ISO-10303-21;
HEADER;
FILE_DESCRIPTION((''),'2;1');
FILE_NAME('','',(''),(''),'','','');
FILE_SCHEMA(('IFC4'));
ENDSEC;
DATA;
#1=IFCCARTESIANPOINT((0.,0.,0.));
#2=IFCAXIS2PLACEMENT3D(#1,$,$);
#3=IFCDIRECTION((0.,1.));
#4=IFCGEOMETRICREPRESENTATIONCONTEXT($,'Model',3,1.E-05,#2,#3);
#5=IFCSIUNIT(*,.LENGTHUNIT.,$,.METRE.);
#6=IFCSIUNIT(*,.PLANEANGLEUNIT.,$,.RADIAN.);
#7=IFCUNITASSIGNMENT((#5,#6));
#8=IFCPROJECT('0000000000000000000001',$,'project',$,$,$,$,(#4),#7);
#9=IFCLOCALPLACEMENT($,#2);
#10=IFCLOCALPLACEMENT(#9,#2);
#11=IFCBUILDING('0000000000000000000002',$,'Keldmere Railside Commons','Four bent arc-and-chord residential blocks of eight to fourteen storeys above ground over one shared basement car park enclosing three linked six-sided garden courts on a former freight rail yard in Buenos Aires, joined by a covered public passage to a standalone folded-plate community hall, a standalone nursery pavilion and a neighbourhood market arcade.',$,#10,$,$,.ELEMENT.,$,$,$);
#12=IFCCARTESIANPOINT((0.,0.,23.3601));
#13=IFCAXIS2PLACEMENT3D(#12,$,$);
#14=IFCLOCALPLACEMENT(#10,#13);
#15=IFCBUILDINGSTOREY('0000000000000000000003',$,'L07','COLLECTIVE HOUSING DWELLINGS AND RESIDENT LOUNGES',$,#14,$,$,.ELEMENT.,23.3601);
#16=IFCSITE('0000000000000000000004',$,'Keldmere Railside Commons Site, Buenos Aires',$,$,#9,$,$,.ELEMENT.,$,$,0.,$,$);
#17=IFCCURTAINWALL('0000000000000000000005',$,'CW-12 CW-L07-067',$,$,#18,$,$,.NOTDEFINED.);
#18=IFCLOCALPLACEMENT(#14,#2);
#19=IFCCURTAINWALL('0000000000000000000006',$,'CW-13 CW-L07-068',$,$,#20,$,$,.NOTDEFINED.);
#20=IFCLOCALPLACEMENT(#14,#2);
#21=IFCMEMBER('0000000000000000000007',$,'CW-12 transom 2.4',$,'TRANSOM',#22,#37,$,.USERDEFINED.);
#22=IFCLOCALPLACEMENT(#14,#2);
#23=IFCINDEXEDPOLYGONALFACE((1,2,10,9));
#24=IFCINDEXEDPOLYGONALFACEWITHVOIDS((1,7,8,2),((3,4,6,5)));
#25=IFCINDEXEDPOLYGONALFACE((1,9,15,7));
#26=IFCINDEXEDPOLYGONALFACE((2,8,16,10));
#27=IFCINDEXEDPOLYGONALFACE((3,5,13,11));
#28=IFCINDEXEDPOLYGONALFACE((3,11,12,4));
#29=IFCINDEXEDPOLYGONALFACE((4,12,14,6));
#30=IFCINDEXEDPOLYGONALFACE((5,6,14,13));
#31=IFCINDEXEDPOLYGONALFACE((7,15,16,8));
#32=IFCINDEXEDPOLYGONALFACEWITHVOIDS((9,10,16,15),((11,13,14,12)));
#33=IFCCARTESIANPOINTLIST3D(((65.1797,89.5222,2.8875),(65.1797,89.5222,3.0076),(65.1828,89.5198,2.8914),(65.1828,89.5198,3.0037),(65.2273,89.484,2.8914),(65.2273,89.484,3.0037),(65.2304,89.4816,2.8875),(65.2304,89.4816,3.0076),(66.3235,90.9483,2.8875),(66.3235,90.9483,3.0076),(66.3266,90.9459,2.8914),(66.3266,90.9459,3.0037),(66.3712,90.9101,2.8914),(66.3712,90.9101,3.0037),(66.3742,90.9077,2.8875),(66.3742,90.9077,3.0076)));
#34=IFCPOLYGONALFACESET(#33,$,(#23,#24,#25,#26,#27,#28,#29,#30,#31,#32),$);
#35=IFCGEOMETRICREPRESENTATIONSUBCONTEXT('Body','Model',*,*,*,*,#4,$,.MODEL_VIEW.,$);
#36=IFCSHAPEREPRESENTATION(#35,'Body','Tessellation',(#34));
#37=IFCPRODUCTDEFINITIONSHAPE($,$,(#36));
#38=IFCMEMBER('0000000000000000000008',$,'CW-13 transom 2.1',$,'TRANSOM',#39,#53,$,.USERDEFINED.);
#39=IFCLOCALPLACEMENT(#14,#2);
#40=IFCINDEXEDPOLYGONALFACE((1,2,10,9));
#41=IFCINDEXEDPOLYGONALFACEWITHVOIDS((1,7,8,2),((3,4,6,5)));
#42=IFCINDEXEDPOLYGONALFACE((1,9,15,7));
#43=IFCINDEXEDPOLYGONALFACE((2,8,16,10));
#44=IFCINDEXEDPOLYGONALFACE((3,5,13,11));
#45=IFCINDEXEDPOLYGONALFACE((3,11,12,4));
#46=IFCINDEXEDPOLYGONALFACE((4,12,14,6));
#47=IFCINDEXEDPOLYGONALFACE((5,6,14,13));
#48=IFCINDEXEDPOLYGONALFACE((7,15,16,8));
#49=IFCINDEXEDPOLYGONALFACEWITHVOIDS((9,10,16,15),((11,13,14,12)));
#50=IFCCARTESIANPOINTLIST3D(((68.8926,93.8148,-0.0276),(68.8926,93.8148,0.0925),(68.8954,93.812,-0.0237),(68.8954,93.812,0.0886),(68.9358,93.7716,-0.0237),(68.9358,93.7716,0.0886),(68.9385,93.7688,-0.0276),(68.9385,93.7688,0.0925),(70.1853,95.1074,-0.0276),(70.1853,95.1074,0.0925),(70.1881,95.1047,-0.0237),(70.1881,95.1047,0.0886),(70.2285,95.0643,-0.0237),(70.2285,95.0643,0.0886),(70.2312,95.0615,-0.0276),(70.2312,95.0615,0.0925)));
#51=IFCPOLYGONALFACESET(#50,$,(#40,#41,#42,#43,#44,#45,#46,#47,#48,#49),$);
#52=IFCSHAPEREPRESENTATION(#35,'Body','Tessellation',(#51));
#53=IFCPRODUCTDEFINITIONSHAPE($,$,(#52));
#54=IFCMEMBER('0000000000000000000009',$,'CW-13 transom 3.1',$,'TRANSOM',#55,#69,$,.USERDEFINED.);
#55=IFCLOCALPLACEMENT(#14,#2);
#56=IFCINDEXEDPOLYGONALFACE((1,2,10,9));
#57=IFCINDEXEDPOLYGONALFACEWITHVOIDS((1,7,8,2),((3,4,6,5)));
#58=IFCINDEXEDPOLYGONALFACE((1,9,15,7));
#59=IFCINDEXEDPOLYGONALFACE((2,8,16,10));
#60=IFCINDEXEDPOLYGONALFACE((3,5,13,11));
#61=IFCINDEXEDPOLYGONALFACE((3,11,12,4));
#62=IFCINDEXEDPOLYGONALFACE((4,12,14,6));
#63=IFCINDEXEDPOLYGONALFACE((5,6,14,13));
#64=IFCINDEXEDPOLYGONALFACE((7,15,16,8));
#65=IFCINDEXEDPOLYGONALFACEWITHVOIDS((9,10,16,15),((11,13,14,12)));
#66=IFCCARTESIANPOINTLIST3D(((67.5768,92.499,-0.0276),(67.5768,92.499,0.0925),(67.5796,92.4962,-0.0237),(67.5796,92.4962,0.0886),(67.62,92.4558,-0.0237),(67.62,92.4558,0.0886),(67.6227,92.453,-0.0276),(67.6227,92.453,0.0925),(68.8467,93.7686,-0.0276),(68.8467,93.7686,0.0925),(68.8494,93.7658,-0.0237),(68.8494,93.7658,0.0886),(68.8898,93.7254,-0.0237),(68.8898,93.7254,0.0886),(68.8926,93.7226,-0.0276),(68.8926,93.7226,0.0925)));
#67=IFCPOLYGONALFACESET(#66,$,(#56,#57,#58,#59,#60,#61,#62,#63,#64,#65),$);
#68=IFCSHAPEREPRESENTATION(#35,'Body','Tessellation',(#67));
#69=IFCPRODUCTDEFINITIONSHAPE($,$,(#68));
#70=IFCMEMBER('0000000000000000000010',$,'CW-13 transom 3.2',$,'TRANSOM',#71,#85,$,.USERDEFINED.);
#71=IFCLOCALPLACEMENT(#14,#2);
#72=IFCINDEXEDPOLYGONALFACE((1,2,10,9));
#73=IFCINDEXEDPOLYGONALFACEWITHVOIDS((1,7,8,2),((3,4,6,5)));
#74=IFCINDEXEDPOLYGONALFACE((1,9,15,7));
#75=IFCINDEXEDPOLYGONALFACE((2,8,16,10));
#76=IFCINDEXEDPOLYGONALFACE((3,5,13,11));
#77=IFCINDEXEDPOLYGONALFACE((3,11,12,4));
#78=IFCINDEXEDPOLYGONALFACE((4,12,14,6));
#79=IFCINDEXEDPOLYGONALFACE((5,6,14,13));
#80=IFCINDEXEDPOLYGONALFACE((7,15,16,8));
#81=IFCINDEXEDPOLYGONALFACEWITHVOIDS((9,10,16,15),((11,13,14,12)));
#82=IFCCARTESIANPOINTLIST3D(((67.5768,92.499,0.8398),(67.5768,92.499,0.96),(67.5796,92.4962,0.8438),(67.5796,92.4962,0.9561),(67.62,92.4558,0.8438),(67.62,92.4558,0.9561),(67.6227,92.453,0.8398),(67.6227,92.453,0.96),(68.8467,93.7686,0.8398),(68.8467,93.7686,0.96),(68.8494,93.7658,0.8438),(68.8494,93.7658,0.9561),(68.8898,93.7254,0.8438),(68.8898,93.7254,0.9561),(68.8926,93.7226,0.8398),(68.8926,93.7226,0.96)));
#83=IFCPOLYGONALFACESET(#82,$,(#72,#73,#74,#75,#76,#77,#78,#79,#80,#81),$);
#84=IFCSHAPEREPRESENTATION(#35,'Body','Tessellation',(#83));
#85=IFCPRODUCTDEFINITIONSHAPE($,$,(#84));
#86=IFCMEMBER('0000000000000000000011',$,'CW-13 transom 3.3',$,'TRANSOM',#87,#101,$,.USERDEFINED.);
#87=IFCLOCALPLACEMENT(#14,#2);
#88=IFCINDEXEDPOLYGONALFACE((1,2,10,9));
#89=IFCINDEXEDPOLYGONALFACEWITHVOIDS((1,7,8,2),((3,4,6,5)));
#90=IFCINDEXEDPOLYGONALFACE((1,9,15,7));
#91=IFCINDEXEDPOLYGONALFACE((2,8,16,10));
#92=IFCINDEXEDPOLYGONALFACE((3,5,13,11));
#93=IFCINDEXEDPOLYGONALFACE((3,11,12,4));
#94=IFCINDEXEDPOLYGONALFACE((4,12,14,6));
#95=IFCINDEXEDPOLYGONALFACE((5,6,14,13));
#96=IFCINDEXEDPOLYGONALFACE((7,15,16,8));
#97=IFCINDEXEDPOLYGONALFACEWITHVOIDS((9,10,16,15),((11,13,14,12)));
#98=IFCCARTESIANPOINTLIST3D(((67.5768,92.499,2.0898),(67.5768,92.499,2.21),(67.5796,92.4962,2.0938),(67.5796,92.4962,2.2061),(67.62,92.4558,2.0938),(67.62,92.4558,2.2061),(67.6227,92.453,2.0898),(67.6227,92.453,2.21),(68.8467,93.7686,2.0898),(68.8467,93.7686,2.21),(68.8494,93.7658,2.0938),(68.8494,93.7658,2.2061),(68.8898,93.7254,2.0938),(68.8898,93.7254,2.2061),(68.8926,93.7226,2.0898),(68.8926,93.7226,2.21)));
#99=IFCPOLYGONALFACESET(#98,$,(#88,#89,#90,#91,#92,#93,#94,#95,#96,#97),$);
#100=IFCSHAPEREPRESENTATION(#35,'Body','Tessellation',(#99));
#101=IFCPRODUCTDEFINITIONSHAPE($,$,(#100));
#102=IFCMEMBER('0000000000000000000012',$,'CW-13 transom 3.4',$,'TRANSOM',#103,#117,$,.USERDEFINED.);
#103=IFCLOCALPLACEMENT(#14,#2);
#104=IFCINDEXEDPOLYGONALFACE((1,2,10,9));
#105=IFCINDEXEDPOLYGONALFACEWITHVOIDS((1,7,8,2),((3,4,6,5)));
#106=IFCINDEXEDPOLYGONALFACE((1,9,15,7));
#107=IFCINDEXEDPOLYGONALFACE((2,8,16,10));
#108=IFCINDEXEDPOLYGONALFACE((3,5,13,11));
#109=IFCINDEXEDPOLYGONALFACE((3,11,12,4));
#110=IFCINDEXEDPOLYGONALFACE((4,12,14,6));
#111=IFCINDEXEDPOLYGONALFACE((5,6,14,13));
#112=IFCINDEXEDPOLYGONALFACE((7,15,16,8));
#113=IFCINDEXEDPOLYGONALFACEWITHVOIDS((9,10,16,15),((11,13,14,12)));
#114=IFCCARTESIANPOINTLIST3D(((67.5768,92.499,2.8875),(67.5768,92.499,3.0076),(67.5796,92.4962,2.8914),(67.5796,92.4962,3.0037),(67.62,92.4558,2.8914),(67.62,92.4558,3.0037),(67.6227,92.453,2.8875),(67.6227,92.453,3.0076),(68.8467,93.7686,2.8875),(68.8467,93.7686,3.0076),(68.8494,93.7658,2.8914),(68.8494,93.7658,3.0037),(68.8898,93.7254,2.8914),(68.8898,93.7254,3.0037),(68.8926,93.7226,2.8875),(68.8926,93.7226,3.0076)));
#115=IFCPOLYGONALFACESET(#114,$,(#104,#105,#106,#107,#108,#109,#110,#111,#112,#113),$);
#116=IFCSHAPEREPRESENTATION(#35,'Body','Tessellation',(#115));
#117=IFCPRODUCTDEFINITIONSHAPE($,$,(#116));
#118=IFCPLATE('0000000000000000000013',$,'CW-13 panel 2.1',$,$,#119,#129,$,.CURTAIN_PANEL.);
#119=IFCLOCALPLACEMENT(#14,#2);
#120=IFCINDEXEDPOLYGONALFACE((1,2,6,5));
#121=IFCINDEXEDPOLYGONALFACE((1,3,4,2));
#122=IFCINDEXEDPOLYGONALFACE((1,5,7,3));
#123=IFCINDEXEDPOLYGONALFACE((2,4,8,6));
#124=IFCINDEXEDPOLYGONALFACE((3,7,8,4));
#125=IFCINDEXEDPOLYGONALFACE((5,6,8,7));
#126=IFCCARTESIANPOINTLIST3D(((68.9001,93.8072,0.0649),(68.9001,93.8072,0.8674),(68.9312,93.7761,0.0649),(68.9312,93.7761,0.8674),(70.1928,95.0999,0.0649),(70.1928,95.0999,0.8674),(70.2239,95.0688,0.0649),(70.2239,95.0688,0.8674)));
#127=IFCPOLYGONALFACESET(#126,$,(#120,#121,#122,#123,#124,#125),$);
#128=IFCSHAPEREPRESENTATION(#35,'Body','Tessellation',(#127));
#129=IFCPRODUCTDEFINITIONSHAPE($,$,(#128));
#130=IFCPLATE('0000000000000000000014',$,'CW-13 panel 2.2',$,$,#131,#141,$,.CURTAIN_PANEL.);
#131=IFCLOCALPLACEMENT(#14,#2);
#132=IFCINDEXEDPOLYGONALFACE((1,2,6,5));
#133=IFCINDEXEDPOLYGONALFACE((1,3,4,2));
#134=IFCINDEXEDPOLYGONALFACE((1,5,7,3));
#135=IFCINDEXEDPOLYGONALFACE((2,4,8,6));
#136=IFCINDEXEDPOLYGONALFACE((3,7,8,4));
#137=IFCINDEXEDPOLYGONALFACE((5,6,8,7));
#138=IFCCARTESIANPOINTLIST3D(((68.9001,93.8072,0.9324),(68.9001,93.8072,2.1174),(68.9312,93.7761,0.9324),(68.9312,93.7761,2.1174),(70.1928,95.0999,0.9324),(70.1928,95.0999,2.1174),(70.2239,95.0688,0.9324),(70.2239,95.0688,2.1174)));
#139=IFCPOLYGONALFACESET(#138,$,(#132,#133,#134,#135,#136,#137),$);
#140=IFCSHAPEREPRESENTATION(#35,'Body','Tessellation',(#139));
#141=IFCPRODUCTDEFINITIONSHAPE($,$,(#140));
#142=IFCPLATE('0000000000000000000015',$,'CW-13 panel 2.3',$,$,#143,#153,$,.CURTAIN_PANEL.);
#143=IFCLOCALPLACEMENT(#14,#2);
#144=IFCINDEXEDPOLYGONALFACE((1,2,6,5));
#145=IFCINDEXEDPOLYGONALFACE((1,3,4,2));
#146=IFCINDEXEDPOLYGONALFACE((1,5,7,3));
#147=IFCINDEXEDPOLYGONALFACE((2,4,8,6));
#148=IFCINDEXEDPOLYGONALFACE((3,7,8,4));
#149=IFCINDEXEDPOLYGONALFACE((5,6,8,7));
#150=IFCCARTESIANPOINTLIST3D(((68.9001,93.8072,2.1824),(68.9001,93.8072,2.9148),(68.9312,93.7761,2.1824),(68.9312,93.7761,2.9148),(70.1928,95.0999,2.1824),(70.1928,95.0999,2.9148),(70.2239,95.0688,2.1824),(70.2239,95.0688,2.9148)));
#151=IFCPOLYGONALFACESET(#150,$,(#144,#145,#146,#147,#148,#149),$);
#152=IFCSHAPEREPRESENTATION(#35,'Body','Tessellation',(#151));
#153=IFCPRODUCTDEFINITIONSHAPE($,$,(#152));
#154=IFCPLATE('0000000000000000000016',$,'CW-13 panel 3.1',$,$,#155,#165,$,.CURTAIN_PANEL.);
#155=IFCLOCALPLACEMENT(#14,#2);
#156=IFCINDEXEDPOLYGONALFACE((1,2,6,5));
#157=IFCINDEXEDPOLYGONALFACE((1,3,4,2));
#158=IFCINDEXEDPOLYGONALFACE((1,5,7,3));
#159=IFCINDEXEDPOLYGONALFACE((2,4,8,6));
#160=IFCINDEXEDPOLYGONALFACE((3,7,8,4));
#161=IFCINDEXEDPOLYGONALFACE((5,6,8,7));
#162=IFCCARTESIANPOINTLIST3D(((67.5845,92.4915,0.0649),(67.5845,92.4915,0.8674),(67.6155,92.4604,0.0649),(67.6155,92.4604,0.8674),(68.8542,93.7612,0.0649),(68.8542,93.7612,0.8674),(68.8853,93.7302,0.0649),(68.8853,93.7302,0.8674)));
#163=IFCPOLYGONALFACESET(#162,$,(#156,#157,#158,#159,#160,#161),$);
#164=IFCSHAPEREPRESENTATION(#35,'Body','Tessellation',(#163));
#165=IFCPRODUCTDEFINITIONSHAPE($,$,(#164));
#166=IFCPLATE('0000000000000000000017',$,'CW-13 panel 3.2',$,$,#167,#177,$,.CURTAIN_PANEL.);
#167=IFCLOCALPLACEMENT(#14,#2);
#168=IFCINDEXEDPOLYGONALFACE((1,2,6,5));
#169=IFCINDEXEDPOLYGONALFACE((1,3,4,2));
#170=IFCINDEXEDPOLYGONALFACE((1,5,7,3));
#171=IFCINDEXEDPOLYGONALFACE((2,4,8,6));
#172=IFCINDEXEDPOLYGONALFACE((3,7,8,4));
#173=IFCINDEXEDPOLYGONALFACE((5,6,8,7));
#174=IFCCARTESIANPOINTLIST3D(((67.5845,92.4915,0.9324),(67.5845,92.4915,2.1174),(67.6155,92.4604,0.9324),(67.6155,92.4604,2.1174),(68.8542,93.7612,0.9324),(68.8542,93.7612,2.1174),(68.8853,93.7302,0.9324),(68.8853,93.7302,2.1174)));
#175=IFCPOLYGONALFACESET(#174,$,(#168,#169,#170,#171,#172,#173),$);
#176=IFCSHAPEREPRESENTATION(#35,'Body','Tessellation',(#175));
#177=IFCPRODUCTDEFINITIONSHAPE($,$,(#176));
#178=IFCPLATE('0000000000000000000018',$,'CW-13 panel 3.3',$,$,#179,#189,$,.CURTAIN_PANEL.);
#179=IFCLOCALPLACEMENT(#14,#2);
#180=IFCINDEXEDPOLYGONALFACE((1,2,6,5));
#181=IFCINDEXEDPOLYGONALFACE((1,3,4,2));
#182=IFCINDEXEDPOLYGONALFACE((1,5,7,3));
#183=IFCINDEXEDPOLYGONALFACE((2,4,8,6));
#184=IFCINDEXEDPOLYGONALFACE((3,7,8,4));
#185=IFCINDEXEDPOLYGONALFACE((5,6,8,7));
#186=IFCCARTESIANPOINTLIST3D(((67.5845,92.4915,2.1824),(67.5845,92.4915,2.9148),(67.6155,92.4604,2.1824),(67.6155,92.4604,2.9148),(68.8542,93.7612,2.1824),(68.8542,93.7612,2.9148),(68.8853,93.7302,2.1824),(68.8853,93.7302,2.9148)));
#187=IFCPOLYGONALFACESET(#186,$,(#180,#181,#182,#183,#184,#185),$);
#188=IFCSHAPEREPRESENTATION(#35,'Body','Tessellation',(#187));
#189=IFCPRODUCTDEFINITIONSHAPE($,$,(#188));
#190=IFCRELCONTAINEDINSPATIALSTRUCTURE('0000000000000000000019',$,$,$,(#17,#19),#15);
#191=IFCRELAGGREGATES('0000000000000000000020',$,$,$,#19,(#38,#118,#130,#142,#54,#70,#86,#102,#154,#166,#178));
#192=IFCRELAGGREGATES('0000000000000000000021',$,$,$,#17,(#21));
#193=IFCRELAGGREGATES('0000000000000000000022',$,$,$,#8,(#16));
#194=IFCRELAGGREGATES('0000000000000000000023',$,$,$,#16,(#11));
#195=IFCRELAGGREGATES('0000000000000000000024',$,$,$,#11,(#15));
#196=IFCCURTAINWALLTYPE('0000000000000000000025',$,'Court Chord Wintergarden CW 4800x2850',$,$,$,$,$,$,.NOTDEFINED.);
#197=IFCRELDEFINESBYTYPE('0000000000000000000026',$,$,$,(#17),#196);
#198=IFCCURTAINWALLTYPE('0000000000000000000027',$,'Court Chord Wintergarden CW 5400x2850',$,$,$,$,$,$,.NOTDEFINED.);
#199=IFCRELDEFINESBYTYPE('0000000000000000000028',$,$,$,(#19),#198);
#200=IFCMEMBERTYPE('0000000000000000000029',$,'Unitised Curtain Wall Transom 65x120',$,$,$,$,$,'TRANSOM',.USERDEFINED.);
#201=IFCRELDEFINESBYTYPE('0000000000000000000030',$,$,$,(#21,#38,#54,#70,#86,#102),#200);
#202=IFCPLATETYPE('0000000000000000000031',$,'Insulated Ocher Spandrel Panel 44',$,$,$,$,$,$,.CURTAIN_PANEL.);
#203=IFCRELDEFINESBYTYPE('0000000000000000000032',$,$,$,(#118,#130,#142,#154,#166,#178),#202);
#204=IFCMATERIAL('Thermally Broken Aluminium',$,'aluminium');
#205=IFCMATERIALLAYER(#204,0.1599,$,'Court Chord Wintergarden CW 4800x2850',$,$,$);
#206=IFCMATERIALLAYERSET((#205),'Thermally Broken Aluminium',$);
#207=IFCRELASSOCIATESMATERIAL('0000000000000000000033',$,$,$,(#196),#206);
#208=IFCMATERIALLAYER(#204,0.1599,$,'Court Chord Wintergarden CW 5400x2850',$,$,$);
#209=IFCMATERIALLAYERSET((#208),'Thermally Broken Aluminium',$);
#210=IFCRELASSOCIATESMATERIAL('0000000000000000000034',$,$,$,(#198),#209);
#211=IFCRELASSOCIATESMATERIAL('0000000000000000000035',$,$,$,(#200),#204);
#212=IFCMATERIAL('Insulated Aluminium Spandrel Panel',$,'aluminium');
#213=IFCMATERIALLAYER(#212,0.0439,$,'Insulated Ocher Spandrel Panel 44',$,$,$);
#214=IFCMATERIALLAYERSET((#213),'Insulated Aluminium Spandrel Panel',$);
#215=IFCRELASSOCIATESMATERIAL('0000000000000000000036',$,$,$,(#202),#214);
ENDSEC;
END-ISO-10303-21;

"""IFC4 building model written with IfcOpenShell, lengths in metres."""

from ifc_helpers import new_model, si_unit, direction, frame, origin, origin_2d, place, context, subcontext, project, spatial, rectangle, hollow_rectangle, extrude, material, layer, layer_set, material_profile, profile_set, type_object, element, aggregate, save


model = new_model("IFC4")

# Units and contexts
model_context = context("Model", 3, precision=1e-05, world=origin(), true_north=direction((0.0, 1.0)))
body_context = subcontext(model_context, "Body", "Model", "MODEL_VIEW")
ifc_project = project(units=[si_unit("LENGTHUNIT", "METRE"), si_unit("PLANEANGLEUNIT", "RADIAN")], contexts=[model_context])

# Site, building, storey
site_placement = place(None, origin())
site = spatial("IfcSite", under=ifc_project, at=site_placement, Name="Keldmere Railside Commons Site, Buenos Aires", CompositionType="ELEMENT", RefElevation=0.0)
building_placement = place(site_placement, origin())
building = spatial("IfcBuilding", under=site, at=building_placement, Name="Keldmere Railside Commons", Description="Four bent arc-and-chord residential blocks of eight to fourteen storeys above ground over one shared basement car park enclosing three linked six-sided garden courts on a former freight rail yard in Buenos Aires, joined by a covered public passage to a standalone folded-plate community hall, a standalone nursery pavilion and a neighbourhood market arcade.", CompositionType="ELEMENT")
storey_placement = place(building_placement, frame((0.0, 0.0, 23.3601)))
storey = spatial("IfcBuildingStorey", under=building, at=storey_placement, Name="L07", Description="COLLECTIVE HOUSING DWELLINGS AND RESIDENT LOUNGES", CompositionType="ELEMENT", Elevation=23.3601)

# Curtain walls
ifc_material_1 = material(Name="Thermally Broken Aluminium", Category="aluminium")
ifc_layer_1 = layer(ifc_material_1, 0.1599, Name="Court Chord Wintergarden CW 4800x2850")
ifc_layer_set_1 = layer_set([ifc_layer_1], Name="Thermally Broken Aluminium")
curtain_wall_type_1 = type_object("IfcCurtainWallType", Name="Court Chord Wintergarden CW 4800x2850", PredefinedType="NOTDEFINED", material=ifc_layer_set_1)
curtain_wall_1_placement = place(storey_placement, origin())
curtain_wall_1 = element("IfcCurtainWall", 1, at=curtain_wall_1_placement, inside=storey, type_object=curtain_wall_type_1, Name="CW-12 CW-L07-067", PredefinedType="NOTDEFINED")
ifc_layer_2 = layer(ifc_material_1, 0.1599, Name="Court Chord Wintergarden CW 5400x2850")
ifc_layer_set_2 = layer_set([ifc_layer_2], Name="Thermally Broken Aluminium")
curtain_wall_type_2 = type_object("IfcCurtainWallType", Name="Court Chord Wintergarden CW 5400x2850", PredefinedType="NOTDEFINED", material=ifc_layer_set_2)
curtain_wall_2_placement = place(storey_placement, origin())
curtain_wall_2 = element("IfcCurtainWall", 2, at=curtain_wall_2_placement, inside=storey, type_object=curtain_wall_type_2, Name="CW-13 CW-L07-068", PredefinedType="NOTDEFINED")

# Members
ifc_material_profile_1 = material_profile(ifc_material_1, hollow_rectangle(XDim=0.0649, YDim=0.1201, WallThickness=0.0039, at=origin_2d()), Name="ALU-TRAN-65x120")
ifc_profile_set_1 = profile_set([ifc_material_profile_1], Name="Thermally Broken Aluminium")
member_type_1 = type_object("IfcMemberType", Name="Unitised Curtain Wall Transom 65x120", ElementType="TRANSOM", PredefinedType="USERDEFINED", material=ifc_profile_set_1)
member_1_placement = place(storey_placement, frame((66.3489, 90.928, 2.9475), z_axis=(-0.625688, -0.780073, 0.0), x_axis=(0.780073, -0.625688, 0.0)))
member_1 = element("IfcMember", 3, at=member_1_placement, type_object=member_type_1, Name="CW-12 transom 2.4", ObjectType="TRANSOM", PredefinedType="USERDEFINED", context=body_context, shape_type="SweptSolid", body=[
    extrude(hollow_rectangle(XDim=0.0649, YDim=0.1201, WallThickness=0.0039, at=origin_2d()), origin(), (0.0, 0.0, 1.0), 1.8281),
])
member_2_placement = place(storey_placement, frame((70.2083, 95.0845, 0.0325), z_axis=(-0.707107, -0.707107, 0.0), x_axis=(0.707107, -0.707107, 0.0)))
member_2 = element("IfcMember", 4, at=member_2_placement, type_object=member_type_1, Name="CW-13 transom 2.1", ObjectType="TRANSOM", PredefinedType="USERDEFINED", context=body_context, shape_type="SweptSolid", body=[
    extrude(hollow_rectangle(XDim=0.0649, YDim=0.1201, WallThickness=0.0039, at=origin_2d()), origin(), (0.0, 0.0, 1.0), 1.8281),
])
member_3_placement = place(storey_placement, frame((68.8696, 93.7456, 0.0325), z_axis=(-0.707175, -0.707039, 0.0), x_axis=(0.707039, -0.707175, 0.0)))
member_3 = element("IfcMember", 5, at=member_3_placement, type_object=member_type_1, Name="CW-13 transom 3.1", ObjectType="TRANSOM", PredefinedType="USERDEFINED", context=body_context, shape_type="SweptSolid", body=[
    extrude(hollow_rectangle(XDim=0.0649, YDim=0.1201, WallThickness=0.0039, at=origin_2d()), origin(), (0.0, 0.0, 1.0), 1.7957),
])
member_4_placement = place(storey_placement, frame((68.8696, 93.7456, 0.8999), z_axis=(-0.707175, -0.707039, 0.0), x_axis=(0.707039, -0.707175, 0.0)))
member_4 = element("IfcMember", 6, at=member_4_placement, type_object=member_type_1, Name="CW-13 transom 3.2", ObjectType="TRANSOM", PredefinedType="USERDEFINED", context=body_context, shape_type="SweptSolid", body=[
    extrude(hollow_rectangle(XDim=0.0649, YDim=0.1201, WallThickness=0.0039, at=origin_2d()), origin(), (0.0, 0.0, 1.0), 1.7957),
])
member_5_placement = place(storey_placement, frame((68.8696, 93.7456, 2.1499), z_axis=(-0.707175, -0.707039, 0.0), x_axis=(0.707039, -0.707175, 0.0)))
member_5 = element("IfcMember", 7, at=member_5_placement, type_object=member_type_1, Name="CW-13 transom 3.3", ObjectType="TRANSOM", PredefinedType="USERDEFINED", context=body_context, shape_type="SweptSolid", body=[
    extrude(hollow_rectangle(XDim=0.0649, YDim=0.1201, WallThickness=0.0039, at=origin_2d()), origin(), (0.0, 0.0, 1.0), 1.7957),
])
member_6_placement = place(storey_placement, frame((68.8696, 93.7456, 2.9475), z_axis=(-0.707175, -0.707039, 0.0), x_axis=(0.707039, -0.707175, 0.0)))
member_6 = element("IfcMember", 8, at=member_6_placement, type_object=member_type_1, Name="CW-13 transom 3.4", ObjectType="TRANSOM", PredefinedType="USERDEFINED", context=body_context, shape_type="SweptSolid", body=[
    extrude(hollow_rectangle(XDim=0.0649, YDim=0.1201, WallThickness=0.0039, at=origin_2d()), origin(), (0.0, 0.0, 1.0), 1.7957),
])

# Plates
ifc_material_2 = material(Name="Insulated Aluminium Spandrel Panel", Category="aluminium")
ifc_layer_3 = layer(ifc_material_2, 0.0439, Name="Insulated Ocher Spandrel Panel 44")
ifc_layer_set_3 = layer_set([ifc_layer_3], Name="Insulated Aluminium Spandrel Panel")
plate_type_1 = type_object("IfcPlateType", Name="Insulated Ocher Spandrel Panel 44", PredefinedType="CURTAIN_PANEL", material=ifc_layer_set_3)
plate_1_placement = place(storey_placement, frame((69.562, 94.438, 0.0649), z_axis=(0.0, 0.0, 1.0), x_axis=(-0.707107, -0.707107, 0.0)))
plate_1 = element("IfcPlate", 9, at=plate_1_placement, type_object=plate_type_1, Name="CW-13 panel 2.1", PredefinedType="CURTAIN_PANEL", context=body_context, shape_type="SweptSolid", body=[
    extrude(rectangle(XDim=1.8281, YDim=0.0439, at=origin_2d()), origin(), (0.0, 0.0, 1.0), 0.8025),
])
plate_2_placement = place(storey_placement, frame((69.562, 94.438, 0.9324), z_axis=(0.0, 0.0, 1.0), x_axis=(-0.707107, -0.707107, 0.0)))
plate_2 = element("IfcPlate", 10, at=plate_2_placement, type_object=plate_type_1, Name="CW-13 panel 2.2", PredefinedType="CURTAIN_PANEL", context=body_context, shape_type="SweptSolid", body=[
    extrude(rectangle(XDim=1.8281, YDim=0.0439, at=origin_2d()), origin(), (0.0, 0.0, 1.0), 1.1851),
])
plate_3_placement = place(storey_placement, frame((69.562, 94.438, 2.1824), z_axis=(0.0, 0.0, 1.0), x_axis=(-0.707107, -0.707107, 0.0)))
plate_3 = element("IfcPlate", 11, at=plate_3_placement, type_object=plate_type_1, Name="CW-13 panel 2.3", PredefinedType="CURTAIN_PANEL", context=body_context, shape_type="SweptSolid", body=[
    extrude(rectangle(XDim=1.8281, YDim=0.0439, at=origin_2d()), origin(), (0.0, 0.0, 1.0), 0.7324),
])
plate_4_placement = place(storey_placement, frame((68.2349, 93.1108, 0.0649), z_axis=(0.0, 0.0, 1.0), x_axis=(-0.707107, -0.707107, 0.0)))
plate_4 = element("IfcPlate", 12, at=plate_4_placement, type_object=plate_type_1, Name="CW-13 panel 3.1", PredefinedType="CURTAIN_PANEL", context=body_context, shape_type="SweptSolid", body=[
    extrude(rectangle(XDim=1.7957, YDim=0.0439, at=origin_2d()), origin(), (0.0, 0.0, 1.0), 0.8025),
])
plate_5_placement = place(storey_placement, frame((68.2349, 93.1108, 0.9324), z_axis=(0.0, 0.0, 1.0), x_axis=(-0.707107, -0.707107, 0.0)))
plate_5 = element("IfcPlate", 13, at=plate_5_placement, type_object=plate_type_1, Name="CW-13 panel 3.2", PredefinedType="CURTAIN_PANEL", context=body_context, shape_type="SweptSolid", body=[
    extrude(rectangle(XDim=1.7957, YDim=0.0439, at=origin_2d()), origin(), (0.0, 0.0, 1.0), 1.1851),
])
plate_6_placement = place(storey_placement, frame((68.2349, 93.1108, 2.1824), z_axis=(0.0, 0.0, 1.0), x_axis=(-0.707107, -0.707107, 0.0)))
plate_6 = element("IfcPlate", 14, at=plate_6_placement, type_object=plate_type_1, Name="CW-13 panel 3.3", PredefinedType="CURTAIN_PANEL", context=body_context, shape_type="SweptSolid", body=[
    extrude(rectangle(XDim=1.7957, YDim=0.0439, at=origin_2d()), origin(), (0.0, 0.0, 1.0), 0.7324),
])
aggregate(curtain_wall_2, [member_2, plate_1, plate_2, plate_3, member_3, member_4, member_5, member_6, plate_4, plate_5, plate_6])
aggregate(curtain_wall_1, [member_1])

save(model, "model.ifc")
